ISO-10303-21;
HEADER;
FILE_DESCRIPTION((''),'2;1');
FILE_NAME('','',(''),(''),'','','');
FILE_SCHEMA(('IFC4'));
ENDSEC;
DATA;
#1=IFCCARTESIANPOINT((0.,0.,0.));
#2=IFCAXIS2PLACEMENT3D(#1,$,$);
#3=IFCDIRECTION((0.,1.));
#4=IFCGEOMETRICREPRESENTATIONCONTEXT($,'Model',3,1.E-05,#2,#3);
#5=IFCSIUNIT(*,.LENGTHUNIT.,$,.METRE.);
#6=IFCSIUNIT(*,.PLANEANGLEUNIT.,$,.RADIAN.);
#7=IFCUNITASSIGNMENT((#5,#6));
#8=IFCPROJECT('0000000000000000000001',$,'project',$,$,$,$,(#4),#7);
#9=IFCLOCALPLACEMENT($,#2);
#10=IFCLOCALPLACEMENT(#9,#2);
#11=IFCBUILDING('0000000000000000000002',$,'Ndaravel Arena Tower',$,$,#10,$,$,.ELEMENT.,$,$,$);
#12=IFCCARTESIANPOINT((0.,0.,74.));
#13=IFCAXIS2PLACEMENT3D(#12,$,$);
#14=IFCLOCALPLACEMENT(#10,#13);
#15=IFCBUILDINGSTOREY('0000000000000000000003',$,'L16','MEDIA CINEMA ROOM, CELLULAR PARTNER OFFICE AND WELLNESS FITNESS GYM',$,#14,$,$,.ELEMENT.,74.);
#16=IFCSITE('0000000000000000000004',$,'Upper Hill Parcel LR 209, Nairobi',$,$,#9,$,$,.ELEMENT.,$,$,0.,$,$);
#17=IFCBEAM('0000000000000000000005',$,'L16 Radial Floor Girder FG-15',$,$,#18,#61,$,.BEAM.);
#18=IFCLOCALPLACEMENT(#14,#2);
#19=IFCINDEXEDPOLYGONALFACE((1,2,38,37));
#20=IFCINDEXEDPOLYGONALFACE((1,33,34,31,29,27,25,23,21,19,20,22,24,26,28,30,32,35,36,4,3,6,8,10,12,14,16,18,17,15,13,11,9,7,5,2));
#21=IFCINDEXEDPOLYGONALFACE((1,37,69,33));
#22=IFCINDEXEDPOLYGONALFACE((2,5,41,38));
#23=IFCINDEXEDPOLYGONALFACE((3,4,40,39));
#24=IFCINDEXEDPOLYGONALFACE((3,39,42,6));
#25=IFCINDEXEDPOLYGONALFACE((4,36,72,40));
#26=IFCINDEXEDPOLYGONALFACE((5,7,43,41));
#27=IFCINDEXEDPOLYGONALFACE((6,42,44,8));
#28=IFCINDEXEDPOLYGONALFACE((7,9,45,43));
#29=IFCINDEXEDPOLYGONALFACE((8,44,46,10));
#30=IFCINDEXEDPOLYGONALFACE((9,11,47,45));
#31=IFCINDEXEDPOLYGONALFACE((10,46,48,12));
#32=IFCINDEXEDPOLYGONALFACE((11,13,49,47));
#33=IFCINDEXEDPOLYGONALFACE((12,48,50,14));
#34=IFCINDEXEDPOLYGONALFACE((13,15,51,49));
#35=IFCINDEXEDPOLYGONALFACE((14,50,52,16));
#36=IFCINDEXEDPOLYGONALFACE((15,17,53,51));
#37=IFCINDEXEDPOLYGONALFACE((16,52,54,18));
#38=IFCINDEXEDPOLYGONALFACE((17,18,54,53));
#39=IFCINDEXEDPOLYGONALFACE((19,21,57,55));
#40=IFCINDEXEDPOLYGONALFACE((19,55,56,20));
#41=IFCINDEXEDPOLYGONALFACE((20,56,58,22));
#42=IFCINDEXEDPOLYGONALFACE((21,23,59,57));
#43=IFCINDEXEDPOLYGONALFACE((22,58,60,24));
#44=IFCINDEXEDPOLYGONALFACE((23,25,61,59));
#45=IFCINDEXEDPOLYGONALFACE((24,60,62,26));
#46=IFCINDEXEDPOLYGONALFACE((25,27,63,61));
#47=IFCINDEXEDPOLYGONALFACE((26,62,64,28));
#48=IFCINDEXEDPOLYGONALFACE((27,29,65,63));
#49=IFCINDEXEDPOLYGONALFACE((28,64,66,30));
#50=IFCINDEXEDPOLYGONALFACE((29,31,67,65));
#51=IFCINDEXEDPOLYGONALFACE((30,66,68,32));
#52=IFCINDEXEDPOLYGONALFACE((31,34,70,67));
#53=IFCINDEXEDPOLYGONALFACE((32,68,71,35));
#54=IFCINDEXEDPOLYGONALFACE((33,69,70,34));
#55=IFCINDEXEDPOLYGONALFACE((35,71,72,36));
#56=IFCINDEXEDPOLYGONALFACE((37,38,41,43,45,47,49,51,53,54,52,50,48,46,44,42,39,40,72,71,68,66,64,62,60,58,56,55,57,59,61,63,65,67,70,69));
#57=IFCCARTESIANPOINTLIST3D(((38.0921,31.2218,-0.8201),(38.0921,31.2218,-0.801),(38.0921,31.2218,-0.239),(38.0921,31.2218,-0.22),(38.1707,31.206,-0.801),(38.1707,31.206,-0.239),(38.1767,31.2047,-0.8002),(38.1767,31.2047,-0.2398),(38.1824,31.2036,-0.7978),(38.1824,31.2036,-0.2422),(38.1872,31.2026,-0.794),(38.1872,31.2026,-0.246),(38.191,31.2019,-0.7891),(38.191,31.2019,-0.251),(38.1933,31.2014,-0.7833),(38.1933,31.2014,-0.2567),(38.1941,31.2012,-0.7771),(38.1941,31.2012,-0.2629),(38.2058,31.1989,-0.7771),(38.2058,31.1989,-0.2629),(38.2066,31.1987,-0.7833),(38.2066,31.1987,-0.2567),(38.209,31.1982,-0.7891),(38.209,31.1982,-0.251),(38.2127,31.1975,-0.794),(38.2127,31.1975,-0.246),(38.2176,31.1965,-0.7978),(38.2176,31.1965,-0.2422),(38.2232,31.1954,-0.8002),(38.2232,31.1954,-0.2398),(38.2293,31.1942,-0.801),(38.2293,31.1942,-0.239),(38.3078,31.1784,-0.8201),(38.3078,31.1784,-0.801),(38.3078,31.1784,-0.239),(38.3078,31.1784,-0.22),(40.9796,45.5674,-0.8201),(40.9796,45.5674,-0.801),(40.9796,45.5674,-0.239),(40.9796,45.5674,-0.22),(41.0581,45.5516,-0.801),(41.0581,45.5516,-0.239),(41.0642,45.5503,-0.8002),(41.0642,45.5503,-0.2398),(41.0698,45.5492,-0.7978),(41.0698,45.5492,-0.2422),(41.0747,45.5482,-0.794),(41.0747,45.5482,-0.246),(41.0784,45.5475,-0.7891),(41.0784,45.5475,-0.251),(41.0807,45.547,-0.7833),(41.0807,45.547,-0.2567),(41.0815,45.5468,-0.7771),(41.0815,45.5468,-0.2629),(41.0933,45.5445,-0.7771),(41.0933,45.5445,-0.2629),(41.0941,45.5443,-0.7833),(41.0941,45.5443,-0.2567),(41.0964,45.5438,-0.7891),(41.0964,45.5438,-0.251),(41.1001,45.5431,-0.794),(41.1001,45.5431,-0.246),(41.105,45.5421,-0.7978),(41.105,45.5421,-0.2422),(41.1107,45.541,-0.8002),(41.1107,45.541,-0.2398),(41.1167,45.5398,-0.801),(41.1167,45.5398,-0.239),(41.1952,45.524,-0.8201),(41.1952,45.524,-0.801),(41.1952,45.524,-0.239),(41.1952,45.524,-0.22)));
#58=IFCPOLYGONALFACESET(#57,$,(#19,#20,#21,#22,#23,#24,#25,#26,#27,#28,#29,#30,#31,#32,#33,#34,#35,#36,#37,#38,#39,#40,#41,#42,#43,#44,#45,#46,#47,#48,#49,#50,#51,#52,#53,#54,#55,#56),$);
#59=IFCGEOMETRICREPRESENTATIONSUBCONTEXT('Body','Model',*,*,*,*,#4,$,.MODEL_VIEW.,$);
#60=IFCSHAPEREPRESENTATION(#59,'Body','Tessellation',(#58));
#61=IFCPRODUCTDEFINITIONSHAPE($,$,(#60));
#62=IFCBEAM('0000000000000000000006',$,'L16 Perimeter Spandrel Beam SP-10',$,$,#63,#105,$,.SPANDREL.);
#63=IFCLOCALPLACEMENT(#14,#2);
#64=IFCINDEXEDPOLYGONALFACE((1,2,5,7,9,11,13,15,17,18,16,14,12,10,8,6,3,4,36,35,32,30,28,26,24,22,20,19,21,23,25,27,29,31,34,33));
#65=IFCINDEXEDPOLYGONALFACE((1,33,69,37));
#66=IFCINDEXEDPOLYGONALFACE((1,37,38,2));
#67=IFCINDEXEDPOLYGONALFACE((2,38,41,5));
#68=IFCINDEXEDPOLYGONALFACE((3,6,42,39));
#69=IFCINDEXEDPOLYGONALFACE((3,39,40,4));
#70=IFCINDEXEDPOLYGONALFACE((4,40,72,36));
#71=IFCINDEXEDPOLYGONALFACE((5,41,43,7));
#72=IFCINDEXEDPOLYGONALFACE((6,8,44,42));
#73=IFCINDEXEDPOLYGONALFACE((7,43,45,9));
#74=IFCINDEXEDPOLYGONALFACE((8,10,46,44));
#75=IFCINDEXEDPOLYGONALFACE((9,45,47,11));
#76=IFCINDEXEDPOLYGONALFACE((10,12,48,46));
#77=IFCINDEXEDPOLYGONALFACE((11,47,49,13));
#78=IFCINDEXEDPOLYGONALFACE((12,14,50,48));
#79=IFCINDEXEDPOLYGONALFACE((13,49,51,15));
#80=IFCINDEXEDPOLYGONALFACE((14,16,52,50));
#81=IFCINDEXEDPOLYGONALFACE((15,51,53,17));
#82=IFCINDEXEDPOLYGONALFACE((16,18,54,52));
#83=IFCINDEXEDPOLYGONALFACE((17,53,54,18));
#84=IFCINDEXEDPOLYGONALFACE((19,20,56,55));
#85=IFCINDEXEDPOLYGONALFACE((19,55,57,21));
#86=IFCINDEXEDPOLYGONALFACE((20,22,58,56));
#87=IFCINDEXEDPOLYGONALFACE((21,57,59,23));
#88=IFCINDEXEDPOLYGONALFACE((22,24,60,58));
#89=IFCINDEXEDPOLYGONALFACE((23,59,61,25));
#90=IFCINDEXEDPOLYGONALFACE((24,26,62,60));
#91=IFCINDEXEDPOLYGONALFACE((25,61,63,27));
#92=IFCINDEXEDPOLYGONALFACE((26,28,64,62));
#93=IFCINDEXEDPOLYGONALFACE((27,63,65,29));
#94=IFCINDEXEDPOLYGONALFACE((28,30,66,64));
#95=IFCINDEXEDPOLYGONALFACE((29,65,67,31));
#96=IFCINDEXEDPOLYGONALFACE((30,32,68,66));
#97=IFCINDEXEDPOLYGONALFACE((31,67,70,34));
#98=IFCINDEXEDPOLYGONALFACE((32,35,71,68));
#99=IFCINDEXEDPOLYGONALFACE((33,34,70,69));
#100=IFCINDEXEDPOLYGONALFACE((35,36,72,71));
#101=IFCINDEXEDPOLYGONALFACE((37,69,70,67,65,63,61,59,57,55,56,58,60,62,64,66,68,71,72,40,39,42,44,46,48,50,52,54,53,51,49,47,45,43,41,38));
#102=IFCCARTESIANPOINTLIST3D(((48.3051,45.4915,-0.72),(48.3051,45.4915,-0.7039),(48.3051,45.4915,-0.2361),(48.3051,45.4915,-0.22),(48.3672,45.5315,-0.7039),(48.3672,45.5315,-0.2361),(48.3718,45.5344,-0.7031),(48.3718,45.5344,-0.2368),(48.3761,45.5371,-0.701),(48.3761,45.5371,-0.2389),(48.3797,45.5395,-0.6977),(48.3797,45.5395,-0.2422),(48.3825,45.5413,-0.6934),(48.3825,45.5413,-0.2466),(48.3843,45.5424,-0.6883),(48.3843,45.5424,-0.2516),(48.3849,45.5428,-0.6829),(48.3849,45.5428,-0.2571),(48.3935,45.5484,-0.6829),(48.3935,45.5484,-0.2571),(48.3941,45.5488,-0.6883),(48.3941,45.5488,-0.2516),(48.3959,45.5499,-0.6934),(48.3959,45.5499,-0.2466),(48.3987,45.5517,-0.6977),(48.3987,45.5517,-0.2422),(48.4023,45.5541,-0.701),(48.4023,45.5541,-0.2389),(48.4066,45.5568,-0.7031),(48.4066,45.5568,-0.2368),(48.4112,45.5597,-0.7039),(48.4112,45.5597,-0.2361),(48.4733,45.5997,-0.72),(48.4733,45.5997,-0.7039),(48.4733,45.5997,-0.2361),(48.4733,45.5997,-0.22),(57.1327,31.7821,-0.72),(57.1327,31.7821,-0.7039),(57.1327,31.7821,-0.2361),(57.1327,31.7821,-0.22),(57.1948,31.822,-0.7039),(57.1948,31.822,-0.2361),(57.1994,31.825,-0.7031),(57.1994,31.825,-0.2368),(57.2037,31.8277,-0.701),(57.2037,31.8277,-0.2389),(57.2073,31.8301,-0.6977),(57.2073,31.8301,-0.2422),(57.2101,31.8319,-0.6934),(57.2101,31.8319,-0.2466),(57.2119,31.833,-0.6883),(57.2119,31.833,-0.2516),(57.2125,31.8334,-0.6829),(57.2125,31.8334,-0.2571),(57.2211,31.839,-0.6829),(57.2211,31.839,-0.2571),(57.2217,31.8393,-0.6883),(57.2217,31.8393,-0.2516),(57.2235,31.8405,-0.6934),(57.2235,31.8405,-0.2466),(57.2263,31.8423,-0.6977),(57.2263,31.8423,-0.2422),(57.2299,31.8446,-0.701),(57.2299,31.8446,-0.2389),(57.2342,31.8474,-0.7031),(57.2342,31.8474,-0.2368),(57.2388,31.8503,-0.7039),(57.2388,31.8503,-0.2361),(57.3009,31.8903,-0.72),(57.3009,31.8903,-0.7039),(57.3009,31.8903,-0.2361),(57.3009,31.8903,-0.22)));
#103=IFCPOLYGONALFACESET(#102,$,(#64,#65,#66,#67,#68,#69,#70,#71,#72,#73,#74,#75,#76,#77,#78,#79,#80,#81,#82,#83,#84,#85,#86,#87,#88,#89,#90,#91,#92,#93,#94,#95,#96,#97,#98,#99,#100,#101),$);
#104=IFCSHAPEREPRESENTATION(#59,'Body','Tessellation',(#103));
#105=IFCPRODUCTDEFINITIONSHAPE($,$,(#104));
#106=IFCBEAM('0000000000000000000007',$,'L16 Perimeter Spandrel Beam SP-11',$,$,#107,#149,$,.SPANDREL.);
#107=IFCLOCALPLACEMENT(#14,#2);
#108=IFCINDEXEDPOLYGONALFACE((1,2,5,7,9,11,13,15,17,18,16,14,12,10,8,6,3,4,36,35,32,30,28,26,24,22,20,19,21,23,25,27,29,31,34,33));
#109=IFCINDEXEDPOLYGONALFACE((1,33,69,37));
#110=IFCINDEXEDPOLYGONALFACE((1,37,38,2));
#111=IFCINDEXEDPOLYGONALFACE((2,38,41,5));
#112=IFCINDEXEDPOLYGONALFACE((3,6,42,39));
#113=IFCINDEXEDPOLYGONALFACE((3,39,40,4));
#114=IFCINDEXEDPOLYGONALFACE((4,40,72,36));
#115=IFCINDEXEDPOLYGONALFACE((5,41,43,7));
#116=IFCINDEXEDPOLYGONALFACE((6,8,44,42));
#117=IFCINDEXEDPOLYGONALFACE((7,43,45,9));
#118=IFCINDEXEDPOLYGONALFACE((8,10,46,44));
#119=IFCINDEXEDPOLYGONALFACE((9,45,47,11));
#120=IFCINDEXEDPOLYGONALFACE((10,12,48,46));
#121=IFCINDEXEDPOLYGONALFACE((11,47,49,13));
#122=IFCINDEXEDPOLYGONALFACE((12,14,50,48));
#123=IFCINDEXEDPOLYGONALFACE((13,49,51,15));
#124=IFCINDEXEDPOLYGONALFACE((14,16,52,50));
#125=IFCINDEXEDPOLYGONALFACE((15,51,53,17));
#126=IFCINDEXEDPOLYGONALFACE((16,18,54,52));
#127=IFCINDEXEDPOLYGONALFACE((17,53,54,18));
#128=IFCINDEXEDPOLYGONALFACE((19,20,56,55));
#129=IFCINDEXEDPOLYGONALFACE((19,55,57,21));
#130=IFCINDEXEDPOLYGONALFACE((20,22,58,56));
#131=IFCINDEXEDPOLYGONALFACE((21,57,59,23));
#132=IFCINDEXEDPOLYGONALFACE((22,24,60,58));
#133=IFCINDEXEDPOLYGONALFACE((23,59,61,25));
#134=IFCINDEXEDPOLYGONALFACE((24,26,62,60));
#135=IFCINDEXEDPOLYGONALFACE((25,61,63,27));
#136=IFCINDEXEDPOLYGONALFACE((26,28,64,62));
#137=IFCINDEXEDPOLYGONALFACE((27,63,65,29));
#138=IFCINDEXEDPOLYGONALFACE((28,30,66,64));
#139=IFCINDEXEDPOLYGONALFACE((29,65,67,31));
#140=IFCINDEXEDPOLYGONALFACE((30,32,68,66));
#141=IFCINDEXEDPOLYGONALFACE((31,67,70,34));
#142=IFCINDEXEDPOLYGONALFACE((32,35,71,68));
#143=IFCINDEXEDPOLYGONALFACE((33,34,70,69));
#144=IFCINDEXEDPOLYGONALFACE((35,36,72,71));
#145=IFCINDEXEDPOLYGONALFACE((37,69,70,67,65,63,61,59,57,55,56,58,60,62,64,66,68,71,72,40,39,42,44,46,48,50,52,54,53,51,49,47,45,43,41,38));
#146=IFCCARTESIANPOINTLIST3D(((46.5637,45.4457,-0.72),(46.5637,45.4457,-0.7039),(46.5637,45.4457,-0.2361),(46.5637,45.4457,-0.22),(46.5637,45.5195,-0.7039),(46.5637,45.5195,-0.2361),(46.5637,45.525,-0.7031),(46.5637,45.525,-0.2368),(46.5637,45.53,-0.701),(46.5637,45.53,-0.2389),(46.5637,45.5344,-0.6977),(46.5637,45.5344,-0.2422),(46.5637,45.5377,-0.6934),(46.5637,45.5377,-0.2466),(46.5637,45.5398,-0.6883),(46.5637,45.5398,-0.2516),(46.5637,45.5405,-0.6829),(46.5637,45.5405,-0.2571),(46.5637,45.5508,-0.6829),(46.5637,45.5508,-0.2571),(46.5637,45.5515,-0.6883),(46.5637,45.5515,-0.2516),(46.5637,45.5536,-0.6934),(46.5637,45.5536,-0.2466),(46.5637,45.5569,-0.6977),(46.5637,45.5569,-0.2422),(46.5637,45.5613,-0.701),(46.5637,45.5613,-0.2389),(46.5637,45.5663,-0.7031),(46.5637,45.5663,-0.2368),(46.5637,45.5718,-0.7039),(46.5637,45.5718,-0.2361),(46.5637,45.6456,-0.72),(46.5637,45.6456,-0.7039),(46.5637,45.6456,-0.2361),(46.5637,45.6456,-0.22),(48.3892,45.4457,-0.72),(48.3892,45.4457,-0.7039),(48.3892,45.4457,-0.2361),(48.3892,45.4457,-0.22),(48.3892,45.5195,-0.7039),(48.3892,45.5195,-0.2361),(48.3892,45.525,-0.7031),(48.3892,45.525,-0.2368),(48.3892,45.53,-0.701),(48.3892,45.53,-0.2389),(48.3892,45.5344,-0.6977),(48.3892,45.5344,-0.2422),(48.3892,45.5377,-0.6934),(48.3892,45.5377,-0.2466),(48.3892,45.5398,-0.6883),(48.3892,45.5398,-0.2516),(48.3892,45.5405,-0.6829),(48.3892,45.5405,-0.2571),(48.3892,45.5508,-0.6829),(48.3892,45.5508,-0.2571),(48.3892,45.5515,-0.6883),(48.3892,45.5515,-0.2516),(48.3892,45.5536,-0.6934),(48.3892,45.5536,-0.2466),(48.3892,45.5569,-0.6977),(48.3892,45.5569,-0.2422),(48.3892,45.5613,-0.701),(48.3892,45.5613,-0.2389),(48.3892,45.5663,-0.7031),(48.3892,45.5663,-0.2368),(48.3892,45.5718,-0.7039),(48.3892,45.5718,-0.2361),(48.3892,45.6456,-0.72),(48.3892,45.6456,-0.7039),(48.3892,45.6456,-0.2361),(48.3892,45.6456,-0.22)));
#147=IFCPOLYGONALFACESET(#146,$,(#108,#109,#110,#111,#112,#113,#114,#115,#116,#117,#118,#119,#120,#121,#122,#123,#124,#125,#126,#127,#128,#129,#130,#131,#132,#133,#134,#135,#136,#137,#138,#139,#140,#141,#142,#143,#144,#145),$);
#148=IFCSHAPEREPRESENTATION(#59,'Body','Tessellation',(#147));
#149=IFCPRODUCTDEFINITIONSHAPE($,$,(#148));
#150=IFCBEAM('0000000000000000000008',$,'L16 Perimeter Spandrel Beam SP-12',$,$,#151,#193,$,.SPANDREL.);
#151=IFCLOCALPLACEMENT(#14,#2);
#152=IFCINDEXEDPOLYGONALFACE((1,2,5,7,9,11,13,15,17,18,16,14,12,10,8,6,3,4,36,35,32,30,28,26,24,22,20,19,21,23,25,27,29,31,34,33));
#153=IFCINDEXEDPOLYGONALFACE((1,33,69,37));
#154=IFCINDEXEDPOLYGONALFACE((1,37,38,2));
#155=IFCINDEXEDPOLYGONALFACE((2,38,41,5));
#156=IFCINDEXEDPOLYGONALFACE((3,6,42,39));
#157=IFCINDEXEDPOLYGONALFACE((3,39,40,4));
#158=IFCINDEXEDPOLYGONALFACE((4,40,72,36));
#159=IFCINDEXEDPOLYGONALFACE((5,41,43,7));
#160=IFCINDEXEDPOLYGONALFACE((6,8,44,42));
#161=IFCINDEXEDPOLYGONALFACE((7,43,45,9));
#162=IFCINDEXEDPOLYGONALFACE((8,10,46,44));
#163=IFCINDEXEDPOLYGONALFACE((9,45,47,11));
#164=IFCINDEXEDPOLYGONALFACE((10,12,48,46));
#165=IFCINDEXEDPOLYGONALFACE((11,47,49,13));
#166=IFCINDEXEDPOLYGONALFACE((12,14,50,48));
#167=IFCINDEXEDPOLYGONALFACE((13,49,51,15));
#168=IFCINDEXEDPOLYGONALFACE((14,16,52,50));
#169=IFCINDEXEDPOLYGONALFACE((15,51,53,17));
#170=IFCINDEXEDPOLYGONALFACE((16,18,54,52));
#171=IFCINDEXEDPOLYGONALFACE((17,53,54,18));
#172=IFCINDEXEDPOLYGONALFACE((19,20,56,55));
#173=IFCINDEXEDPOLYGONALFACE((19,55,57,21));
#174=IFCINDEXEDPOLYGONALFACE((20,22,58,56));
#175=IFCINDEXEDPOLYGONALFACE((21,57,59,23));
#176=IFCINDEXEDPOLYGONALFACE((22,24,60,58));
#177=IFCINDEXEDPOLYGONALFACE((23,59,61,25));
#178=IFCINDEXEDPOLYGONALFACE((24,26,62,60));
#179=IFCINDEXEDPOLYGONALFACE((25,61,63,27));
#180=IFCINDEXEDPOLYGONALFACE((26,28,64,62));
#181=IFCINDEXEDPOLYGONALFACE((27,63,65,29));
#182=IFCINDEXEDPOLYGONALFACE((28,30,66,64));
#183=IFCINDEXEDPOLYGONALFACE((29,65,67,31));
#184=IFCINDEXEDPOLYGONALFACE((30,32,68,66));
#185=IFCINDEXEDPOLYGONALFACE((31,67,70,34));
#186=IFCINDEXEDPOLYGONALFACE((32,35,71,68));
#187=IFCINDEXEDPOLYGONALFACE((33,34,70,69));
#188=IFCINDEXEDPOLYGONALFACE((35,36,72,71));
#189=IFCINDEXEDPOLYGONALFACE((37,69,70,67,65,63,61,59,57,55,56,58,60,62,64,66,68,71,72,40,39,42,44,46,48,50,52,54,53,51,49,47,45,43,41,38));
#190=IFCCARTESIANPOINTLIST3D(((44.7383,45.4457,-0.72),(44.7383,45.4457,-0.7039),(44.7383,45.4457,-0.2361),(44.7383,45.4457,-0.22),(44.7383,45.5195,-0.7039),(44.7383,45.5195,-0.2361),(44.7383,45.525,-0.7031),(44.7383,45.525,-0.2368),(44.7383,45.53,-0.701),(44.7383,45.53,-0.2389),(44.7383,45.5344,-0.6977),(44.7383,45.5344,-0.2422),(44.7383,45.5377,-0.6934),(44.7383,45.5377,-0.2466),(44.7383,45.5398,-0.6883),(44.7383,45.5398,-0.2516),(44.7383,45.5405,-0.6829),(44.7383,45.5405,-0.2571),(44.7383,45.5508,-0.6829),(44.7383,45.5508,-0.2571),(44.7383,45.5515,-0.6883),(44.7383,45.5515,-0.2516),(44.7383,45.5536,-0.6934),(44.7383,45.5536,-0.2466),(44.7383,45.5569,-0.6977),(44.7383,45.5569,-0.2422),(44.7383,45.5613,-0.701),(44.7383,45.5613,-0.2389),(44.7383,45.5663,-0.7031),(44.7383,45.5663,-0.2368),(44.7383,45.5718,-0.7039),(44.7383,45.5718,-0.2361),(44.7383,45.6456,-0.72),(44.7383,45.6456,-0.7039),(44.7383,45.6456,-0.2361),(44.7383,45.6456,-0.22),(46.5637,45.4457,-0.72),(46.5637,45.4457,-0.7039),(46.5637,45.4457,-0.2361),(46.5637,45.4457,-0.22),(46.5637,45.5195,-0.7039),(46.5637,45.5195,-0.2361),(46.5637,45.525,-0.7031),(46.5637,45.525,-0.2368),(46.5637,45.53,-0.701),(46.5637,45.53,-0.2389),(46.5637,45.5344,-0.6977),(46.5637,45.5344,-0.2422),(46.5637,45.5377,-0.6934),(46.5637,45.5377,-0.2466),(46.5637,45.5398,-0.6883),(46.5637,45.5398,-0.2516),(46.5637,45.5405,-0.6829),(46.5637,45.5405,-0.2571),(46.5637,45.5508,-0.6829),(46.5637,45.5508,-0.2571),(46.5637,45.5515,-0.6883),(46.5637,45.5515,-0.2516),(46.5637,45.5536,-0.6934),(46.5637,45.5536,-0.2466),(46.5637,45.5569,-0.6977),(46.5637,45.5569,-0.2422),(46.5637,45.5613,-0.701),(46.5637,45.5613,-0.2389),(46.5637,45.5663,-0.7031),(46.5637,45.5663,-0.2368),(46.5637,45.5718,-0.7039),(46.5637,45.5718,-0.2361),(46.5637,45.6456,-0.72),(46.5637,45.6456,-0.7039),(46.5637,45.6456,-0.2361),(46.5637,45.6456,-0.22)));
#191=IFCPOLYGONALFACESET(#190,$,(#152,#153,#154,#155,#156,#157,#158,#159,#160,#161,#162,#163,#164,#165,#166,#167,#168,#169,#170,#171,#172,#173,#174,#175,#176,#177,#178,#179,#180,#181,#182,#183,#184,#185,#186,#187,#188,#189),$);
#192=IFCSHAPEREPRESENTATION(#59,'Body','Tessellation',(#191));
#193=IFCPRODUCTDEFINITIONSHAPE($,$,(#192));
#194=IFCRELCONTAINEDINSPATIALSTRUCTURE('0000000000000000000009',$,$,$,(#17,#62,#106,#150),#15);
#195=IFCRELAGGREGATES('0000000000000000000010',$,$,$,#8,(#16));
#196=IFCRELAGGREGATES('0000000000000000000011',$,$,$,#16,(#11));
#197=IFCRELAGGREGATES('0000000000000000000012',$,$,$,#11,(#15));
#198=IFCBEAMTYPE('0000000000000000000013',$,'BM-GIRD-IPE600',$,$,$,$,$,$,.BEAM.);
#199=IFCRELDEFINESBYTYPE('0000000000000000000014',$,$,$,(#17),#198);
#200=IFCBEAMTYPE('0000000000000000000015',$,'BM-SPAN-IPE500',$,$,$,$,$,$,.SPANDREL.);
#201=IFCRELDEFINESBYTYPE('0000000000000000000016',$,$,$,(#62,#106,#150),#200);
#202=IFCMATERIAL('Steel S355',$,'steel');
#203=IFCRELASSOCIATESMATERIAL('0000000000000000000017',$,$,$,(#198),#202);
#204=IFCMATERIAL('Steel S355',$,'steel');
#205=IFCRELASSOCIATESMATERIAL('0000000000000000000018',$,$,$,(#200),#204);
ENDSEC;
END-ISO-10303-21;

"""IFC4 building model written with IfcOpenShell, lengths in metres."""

from ifc_helpers import new_model, si_unit, direction, frame, origin, origin_2d, place, context, subcontext, project, spatial, i_section, extrude, material, material_profile, profile_set, type_object, element, save


model = new_model("IFC4")

# Units and contexts
model_context = context("Model", 3, precision=1e-05, world=origin(), true_north=direction((0.0, 1.0)))
body_context = subcontext(model_context, "Body", "Model", "MODEL_VIEW")
ifc_project = project(units=[si_unit("LENGTHUNIT", "METRE"), si_unit("PLANEANGLEUNIT", "RADIAN")], contexts=[model_context])

# Site, building, storey
site_placement = place(None, origin())
site = spatial("IfcSite", under=ifc_project, at=site_placement, Name="Upper Hill Parcel LR 209, Nairobi", CompositionType="ELEMENT", RefElevation=0.0)
building_placement = place(site_placement, origin())
building = spatial("IfcBuilding", under=site, at=building_placement, Name="Ndaravel Arena Tower", CompositionType="ELEMENT")
storey_placement = place(building_placement, frame((0.0, 0.0, 74.0)))
storey = spatial("IfcBuildingStorey", under=building, at=storey_placement, Name="L16", Description="MEDIA CINEMA ROOM, CELLULAR PARTNER OFFICE AND WELLNESS FITNESS GYM", CompositionType="ELEMENT", Elevation=74.0)

# Beams
ifc_material_1 = material(Name="Steel S355", Category="steel")
ifc_material_profile_1 = material_profile(ifc_material_1, i_section(OverallWidth=0.22, OverallDepth=0.6001, WebThickness=0.012, FlangeThickness=0.019, FilletRadius=0.0239, at=origin_2d()), Name="IPE 600")
ifc_profile_set_1 = profile_set([ifc_material_profile_1], Name="Steel S355")
beam_type_1 = type_object("IfcBeamType", Name="BM-GIRD-IPE600", PredefinedType="BEAM", material=ifc_profile_set_1)
beam_1_placement = place(storey_placement, frame((41.0874, 45.5457, -0.52), z_axis=(-0.197319, -0.980339, 0.0), x_axis=(0.980339, -0.197319, 0.0)))
element("IfcBeam", 1, at=beam_1_placement, inside=storey, type_object=beam_type_1, Name="L16 Radial Floor Girder FG-15", PredefinedType="BEAM", context=body_context, shape_type="SweptSolid", body=[
    extrude(i_section(OverallWidth=0.22, OverallDepth=0.6001, WebThickness=0.012, FlangeThickness=0.019, FilletRadius=0.0239, at=origin_2d()), origin(), (0.0, 0.0, 1.0), 14.6333),
])
ifc_material_2 = material(Name="Steel S355", Category="steel")
ifc_material_profile_2 = material_profile(ifc_material_2, i_section(OverallWidth=0.2, OverallDepth=0.5, WebThickness=0.0103, FlangeThickness=0.0161, FilletRadius=0.021, at=origin_2d()), Name="IPE 500")
ifc_profile_set_2 = profile_set([ifc_material_profile_2], Name="Steel S355")
beam_type_2 = type_object("IfcBeamType", Name="BM-SPAN-IPE500", PredefinedType="SPANDREL", material=ifc_profile_set_2)
beam_2_placement = place(storey_placement, frame((57.2168, 31.8362, -0.47), z_axis=(-0.541383, 0.840776, 0.0), x_axis=(-0.840776, -0.541383, 0.0)))
element("IfcBeam", 2, at=beam_2_placement, inside=storey, type_object=beam_type_2, Name="L16 Perimeter Spandrel Beam SP-10", PredefinedType="SPANDREL", context=body_context, shape_type="SweptSolid", body=[
    extrude(i_section(OverallWidth=0.2, OverallDepth=0.5, WebThickness=0.0103, FlangeThickness=0.0161, FilletRadius=0.021, at=origin_2d()), origin(), (0.0, 0.0, 1.0), 16.3057),
])
for number, where, z_axis, x_axis, name in (
    (3, (48.3892, 45.5457, -0.47), (-1.0, 0.0, 0.0), (0.0, -1.0, 0.0), "L16 Perimeter Spandrel Beam SP-11"),
    (4, (46.5637, 45.5457, -0.47), (-1.0, 0.0, 0.0), (0.0, -1.0, 0.0), "L16 Perimeter Spandrel Beam SP-12"),
):
    element("IfcBeam", number, at=place(storey_placement, frame(where, z_axis=z_axis, x_axis=x_axis)), inside=storey, type_object=beam_type_2, Name=name, PredefinedType="SPANDREL", context=body_context, shape_type="SweptSolid", body=[
        extrude(i_section(OverallWidth=0.2, OverallDepth=0.5, WebThickness=0.0103, FlangeThickness=0.0161, FilletRadius=0.021, at=origin_2d()), origin(), (0.0, 0.0, 1.0), 1.8254),
    ])

save(model, "model.ifc")
